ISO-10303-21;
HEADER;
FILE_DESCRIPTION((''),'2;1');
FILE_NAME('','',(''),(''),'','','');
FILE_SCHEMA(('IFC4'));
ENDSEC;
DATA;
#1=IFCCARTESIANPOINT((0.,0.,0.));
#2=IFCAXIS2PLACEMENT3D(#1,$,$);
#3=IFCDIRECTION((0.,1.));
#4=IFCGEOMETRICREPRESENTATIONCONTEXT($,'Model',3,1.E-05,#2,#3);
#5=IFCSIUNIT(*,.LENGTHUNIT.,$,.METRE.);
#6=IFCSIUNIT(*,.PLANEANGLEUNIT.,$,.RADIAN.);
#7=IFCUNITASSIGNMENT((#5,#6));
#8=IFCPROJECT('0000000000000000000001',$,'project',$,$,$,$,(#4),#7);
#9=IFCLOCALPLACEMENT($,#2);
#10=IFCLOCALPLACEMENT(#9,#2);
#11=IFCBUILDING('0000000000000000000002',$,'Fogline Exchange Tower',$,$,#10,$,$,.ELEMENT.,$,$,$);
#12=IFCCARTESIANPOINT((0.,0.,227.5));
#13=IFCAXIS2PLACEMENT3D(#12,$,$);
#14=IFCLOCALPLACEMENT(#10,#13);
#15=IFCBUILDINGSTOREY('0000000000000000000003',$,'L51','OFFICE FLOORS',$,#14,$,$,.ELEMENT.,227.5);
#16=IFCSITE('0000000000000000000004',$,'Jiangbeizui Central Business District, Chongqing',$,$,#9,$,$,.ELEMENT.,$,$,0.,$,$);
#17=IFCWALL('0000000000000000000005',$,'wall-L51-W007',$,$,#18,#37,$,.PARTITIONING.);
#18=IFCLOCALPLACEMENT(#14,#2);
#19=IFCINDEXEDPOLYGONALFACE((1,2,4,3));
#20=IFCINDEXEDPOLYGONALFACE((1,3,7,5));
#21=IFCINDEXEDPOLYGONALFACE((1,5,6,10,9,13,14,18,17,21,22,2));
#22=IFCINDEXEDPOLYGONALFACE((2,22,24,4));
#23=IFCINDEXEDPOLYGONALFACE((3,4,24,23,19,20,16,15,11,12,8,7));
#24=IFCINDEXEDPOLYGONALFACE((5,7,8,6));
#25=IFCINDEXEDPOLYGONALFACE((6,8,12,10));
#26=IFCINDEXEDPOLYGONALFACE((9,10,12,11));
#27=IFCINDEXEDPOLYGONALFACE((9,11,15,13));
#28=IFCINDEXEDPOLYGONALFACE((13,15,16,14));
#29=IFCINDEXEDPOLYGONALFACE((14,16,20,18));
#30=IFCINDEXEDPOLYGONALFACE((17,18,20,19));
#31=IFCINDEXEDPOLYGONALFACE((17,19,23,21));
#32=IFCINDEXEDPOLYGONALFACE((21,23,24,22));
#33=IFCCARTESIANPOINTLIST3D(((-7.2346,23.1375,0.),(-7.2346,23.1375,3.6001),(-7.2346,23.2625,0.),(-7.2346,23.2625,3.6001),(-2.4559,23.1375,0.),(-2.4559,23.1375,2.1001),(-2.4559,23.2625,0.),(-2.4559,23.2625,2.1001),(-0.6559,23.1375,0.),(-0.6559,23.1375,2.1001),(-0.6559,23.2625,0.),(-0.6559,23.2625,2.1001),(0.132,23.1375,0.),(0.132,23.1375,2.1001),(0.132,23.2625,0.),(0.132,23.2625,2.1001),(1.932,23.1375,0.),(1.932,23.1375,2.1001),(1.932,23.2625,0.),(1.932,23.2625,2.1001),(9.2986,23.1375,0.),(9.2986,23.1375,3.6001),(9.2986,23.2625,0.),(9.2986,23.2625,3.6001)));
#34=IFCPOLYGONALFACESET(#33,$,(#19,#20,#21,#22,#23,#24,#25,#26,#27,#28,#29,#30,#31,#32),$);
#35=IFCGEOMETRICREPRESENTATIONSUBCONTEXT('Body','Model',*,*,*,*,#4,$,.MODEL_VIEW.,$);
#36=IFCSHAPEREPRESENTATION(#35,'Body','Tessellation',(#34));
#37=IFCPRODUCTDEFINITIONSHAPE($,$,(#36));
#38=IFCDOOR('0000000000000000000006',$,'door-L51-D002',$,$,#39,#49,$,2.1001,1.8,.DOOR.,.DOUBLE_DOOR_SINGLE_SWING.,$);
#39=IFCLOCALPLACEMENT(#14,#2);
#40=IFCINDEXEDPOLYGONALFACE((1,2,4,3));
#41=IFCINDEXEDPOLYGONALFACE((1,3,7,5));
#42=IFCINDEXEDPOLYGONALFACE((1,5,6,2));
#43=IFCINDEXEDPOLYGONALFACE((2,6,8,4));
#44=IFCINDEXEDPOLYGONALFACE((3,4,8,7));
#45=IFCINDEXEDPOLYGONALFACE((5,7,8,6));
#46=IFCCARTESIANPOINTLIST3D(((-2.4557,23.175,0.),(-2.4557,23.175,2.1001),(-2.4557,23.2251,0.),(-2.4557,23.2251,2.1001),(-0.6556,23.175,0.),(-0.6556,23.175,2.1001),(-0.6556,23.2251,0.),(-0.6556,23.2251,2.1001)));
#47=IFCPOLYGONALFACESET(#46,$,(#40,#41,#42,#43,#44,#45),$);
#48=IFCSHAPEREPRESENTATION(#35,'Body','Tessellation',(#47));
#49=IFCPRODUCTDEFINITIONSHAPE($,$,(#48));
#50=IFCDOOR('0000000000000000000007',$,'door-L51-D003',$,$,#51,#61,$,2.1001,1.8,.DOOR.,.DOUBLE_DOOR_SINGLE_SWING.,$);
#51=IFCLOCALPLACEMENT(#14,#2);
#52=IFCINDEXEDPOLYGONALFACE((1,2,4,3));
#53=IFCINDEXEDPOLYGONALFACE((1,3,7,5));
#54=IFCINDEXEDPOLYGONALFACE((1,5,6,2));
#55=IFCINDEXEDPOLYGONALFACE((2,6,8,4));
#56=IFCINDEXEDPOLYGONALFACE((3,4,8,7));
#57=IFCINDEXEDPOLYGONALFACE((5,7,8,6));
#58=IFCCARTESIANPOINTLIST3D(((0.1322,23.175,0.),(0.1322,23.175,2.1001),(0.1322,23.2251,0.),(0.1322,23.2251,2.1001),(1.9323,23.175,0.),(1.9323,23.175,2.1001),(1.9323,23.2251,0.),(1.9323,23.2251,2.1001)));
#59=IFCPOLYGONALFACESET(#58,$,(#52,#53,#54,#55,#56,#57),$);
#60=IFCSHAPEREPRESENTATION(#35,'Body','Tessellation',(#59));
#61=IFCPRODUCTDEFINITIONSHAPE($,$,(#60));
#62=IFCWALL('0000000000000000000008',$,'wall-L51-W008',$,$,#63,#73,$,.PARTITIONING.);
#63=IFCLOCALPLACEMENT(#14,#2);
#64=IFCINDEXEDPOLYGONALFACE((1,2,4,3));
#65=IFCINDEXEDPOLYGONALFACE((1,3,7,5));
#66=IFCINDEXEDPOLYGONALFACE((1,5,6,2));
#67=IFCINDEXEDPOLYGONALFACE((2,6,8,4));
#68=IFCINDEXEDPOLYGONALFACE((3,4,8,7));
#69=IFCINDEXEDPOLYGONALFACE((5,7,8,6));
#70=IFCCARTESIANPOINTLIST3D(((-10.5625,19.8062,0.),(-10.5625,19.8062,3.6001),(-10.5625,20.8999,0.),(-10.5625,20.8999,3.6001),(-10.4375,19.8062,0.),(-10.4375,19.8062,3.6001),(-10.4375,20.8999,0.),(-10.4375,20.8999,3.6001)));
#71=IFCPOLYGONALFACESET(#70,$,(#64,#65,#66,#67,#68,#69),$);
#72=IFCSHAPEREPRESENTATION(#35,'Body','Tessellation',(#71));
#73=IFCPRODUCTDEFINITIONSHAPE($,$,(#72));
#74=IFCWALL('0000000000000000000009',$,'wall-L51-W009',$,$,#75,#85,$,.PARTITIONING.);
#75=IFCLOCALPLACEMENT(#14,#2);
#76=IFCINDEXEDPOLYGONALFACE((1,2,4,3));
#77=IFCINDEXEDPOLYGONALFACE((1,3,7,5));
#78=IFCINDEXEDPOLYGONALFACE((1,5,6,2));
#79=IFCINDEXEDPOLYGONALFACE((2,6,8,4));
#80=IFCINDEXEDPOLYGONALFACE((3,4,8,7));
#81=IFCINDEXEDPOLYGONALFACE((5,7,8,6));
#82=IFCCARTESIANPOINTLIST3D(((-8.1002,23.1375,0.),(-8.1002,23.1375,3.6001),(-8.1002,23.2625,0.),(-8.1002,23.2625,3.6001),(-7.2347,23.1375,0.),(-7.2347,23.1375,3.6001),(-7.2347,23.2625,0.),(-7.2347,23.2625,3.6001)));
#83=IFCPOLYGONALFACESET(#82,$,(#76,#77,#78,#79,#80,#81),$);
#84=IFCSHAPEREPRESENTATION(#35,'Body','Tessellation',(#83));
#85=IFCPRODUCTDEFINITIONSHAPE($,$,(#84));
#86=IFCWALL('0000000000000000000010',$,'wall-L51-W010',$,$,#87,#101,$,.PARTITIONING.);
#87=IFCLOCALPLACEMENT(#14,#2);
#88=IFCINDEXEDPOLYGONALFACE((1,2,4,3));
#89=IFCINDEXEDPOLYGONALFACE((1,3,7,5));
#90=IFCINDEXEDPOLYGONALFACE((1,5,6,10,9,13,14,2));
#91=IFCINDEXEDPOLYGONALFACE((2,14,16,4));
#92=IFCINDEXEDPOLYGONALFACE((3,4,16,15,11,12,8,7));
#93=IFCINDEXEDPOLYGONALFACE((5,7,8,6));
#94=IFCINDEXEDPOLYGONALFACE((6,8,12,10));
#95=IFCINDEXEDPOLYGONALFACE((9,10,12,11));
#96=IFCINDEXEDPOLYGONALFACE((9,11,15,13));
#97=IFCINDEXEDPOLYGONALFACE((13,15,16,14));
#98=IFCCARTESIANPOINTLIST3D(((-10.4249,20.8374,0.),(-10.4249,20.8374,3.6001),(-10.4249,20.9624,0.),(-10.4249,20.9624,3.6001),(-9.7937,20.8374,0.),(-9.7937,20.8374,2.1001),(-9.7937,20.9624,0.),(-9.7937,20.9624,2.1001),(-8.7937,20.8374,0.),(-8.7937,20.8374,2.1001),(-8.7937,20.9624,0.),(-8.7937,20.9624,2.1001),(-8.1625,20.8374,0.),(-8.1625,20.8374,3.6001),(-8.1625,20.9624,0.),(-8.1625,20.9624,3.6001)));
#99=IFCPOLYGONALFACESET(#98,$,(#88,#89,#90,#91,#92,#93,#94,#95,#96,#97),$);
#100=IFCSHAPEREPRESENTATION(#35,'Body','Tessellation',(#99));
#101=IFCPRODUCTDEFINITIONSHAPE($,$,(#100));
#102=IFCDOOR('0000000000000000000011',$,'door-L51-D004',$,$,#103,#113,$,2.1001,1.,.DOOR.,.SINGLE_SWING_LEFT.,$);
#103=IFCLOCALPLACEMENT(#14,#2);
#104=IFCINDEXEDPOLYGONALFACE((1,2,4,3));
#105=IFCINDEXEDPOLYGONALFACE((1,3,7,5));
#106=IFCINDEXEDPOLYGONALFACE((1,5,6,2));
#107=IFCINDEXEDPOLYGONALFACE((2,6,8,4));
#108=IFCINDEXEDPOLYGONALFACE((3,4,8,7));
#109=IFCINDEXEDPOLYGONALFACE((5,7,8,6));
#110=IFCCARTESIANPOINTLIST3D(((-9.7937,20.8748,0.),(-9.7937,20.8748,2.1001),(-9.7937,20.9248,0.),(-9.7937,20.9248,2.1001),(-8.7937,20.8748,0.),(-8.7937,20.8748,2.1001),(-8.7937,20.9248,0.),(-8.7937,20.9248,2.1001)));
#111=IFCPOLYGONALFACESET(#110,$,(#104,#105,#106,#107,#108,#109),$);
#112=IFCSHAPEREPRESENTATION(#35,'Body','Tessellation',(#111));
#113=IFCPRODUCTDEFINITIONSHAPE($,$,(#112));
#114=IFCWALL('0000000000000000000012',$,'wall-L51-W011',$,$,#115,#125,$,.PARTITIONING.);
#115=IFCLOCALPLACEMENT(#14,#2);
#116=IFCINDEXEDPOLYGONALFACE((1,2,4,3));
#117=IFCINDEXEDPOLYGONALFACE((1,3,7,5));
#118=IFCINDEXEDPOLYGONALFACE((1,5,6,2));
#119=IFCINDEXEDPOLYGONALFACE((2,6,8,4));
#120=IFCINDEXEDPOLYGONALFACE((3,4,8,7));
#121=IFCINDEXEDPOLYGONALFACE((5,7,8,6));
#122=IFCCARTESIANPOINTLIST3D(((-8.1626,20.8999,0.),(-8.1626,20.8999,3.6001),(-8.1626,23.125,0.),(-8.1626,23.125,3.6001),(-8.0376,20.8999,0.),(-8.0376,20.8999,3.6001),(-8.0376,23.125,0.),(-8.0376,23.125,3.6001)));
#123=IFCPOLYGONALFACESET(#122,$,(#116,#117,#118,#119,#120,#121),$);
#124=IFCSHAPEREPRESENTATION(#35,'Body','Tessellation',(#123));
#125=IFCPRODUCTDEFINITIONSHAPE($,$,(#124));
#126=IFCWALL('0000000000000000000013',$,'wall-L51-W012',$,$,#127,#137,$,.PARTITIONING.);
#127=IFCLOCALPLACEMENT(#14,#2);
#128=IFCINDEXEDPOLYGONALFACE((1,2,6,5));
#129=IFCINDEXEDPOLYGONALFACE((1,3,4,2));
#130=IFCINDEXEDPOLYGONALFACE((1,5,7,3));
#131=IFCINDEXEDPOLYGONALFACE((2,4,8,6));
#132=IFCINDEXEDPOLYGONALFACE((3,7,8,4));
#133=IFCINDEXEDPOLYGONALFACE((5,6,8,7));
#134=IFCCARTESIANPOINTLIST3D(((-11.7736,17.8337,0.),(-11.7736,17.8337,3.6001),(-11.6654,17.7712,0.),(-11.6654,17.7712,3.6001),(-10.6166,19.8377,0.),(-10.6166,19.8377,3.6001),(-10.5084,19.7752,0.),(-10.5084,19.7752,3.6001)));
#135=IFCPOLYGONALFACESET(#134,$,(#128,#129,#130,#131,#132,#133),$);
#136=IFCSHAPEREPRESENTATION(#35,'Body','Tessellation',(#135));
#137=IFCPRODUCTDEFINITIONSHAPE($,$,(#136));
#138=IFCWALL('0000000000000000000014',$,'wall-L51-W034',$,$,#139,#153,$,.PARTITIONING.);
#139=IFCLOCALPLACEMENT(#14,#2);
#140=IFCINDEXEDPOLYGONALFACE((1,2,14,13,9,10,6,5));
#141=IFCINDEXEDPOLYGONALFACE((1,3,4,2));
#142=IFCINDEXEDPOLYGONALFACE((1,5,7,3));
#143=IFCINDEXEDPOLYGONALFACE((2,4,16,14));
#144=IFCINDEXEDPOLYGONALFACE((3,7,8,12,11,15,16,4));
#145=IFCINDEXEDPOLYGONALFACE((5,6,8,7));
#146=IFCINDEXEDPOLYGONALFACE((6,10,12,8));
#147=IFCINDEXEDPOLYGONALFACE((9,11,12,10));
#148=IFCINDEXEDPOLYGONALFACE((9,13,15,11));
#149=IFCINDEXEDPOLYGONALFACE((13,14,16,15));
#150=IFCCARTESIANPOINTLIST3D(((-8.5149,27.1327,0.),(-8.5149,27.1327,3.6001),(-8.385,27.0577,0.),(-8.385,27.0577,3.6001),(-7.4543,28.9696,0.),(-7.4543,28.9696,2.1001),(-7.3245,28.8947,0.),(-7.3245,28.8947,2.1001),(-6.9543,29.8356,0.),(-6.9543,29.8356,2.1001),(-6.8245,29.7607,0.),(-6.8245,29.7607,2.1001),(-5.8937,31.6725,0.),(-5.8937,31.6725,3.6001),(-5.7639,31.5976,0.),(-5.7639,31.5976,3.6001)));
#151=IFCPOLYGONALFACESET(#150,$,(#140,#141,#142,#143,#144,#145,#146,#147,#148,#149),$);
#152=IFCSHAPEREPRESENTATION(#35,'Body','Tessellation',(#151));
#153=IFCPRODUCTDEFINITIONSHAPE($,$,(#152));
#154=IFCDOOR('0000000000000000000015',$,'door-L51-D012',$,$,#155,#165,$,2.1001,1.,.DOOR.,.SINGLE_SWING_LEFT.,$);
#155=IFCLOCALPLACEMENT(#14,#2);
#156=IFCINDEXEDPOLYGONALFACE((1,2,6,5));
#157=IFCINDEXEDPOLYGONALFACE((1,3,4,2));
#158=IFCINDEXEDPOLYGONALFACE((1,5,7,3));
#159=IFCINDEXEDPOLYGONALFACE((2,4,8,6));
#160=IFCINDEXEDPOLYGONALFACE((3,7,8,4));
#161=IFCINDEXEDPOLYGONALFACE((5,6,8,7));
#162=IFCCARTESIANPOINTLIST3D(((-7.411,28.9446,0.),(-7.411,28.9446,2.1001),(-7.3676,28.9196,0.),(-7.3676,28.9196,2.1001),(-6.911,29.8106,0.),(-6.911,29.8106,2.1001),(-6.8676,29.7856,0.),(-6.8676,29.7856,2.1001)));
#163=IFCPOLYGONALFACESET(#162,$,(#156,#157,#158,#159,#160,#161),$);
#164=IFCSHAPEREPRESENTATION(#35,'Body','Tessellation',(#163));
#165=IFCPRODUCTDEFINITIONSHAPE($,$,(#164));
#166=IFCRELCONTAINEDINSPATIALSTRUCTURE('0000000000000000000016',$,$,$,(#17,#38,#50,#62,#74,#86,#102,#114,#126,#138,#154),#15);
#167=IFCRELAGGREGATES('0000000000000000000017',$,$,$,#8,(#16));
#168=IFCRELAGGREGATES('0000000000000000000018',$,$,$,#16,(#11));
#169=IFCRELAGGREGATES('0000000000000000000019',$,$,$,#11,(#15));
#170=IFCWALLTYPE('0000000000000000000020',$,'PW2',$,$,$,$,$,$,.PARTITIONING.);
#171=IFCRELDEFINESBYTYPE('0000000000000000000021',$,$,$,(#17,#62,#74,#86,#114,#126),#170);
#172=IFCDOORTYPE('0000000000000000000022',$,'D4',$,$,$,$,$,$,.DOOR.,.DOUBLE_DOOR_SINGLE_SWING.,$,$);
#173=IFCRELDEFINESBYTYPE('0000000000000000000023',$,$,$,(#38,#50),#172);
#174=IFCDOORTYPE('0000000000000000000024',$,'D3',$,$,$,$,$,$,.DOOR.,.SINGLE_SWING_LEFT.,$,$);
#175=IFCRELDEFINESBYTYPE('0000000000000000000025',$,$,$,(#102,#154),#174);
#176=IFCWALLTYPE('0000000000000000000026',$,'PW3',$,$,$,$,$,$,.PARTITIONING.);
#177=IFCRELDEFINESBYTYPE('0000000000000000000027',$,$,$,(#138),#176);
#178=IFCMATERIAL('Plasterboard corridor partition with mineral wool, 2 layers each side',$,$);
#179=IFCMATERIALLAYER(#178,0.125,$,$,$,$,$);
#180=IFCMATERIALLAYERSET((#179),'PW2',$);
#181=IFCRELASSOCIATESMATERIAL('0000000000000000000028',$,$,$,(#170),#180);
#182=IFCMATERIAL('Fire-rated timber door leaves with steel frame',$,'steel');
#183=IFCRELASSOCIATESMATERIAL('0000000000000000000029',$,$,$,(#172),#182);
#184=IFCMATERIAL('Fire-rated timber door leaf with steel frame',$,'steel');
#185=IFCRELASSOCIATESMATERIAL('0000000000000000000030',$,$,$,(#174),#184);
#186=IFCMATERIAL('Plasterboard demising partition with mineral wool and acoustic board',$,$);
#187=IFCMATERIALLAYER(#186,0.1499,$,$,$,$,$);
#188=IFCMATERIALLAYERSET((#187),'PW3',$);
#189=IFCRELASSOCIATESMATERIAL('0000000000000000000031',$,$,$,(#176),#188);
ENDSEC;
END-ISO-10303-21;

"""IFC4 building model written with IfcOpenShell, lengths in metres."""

from ifc_helpers import new_model, si_unit, direction, frame, frame_2d, origin, place, context, subcontext, project, spatial, rectangle, extrude, material, layer, layer_set, type_object, element, fill, save


model = new_model("IFC4")

# Units and contexts
model_context = context("Model", 3, precision=1e-05, world=origin(), true_north=direction((0.0, 1.0)))
body_context = subcontext(model_context, "Body", "Model", "MODEL_VIEW")
ifc_project = project(units=[si_unit("LENGTHUNIT", "METRE"), si_unit("PLANEANGLEUNIT", "RADIAN")], contexts=[model_context])

# Site, building, storey
site_placement = place(None, origin())
site = spatial("IfcSite", under=ifc_project, at=site_placement, Name="Jiangbeizui Central Business District, Chongqing", CompositionType="ELEMENT", RefElevation=0.0)
building_placement = place(site_placement, origin())
building = spatial("IfcBuilding", under=site, at=building_placement, Name="Fogline Exchange Tower", CompositionType="ELEMENT")
storey_placement = place(building_placement, frame((0.0, 0.0, 227.5)))
storey = spatial("IfcBuildingStorey", under=building, at=storey_placement, Name="L51", Description="OFFICE FLOORS", CompositionType="ELEMENT", Elevation=227.5)

# Wall, openings, doors
ifc_material_1 = material(Name="Plasterboard corridor partition with mineral wool, 2 layers each side")
ifc_layer_1 = layer(ifc_material_1, 0.125)
ifc_layer_set_1 = layer_set([ifc_layer_1], Name="PW2")
wall_type_1 = type_object("IfcWallType", Name="PW2", PredefinedType="PARTITIONING", material=ifc_layer_set_1)
wall_1_placement = place(storey_placement, frame((-7.2346, 23.2, 0.0), z_axis=(0.0, 0.0, 1.0), x_axis=(1.0, 0.0, 0.0)))
wall_1 = element("IfcWall", 1, at=wall_1_placement, inside=storey, type_object=wall_type_1, Name="wall-L51-W007", PredefinedType="PARTITIONING", context=body_context, shape_type="SweptSolid", body=[
    extrude(rectangle(XDim=16.5332, YDim=0.125, at=frame_2d((8.2666, 0.0))), origin(), (0.0, 0.0, 1.0), 3.6001),
])
opening_1_placement = place(wall_1_placement, frame((4.7788, 0.0, 0.0)))
opening_1 = element("IfcOpeningElement", 2, at=opening_1_placement, cuts=wall_1, PredefinedType="OPENING", context=body_context, shape_type="SweptSolid", body=[
    extrude(rectangle(XDim=1.8, YDim=2.1001, at=frame_2d((0.8999, 1.05))), frame((0.0, 0.0725, 0.0), z_axis=(0.0, -1.0, 0.0), x_axis=(1.0, 0.0, 0.0)), (0.0, 0.0, 1.0), 0.145),
])
opening_2_placement = place(wall_1_placement, frame((7.3667, 0.0, 0.0)))
opening_2 = element("IfcOpeningElement", 3, at=opening_2_placement, cuts=wall_1, PredefinedType="OPENING", context=body_context, shape_type="SweptSolid", body=[
    extrude(rectangle(XDim=1.8, YDim=2.1001, at=frame_2d((0.8999, 1.05))), frame((0.0, 0.0725, 0.0), z_axis=(0.0, -1.0, 0.0), x_axis=(1.0, 0.0, 0.0)), (0.0, 0.0, 1.0), 0.145),
])
ifc_material_2 = material(Name="Fire-rated timber door leaves with steel frame", Category="steel")
door_type_1 = type_object("IfcDoorType", Name="D4", OperationType="DOUBLE_DOOR_SINGLE_SWING", PredefinedType="DOOR", material=ifc_material_2)
door_1_placement = place(opening_1_placement, frame((1.8, 0.0, 0.0), z_axis=(0.0, 0.0, 1.0), x_axis=(-1.0, 0.0, 0.0)))
door_1 = element("IfcDoor", 4, at=door_1_placement, inside=storey, type_object=door_type_1, Name="door-L51-D002", OperationType="DOUBLE_DOOR_SINGLE_SWING", OverallHeight=2.1001, OverallWidth=1.8, PredefinedType="DOOR", context=body_context, shape_type="SweptSolid", body=[
    extrude(rectangle(XDim=1.8, YDim=2.1001, at=frame_2d((0.8999, 1.05))), frame((0.0, 0.0249, 0.0), z_axis=(0.0, -1.0, 0.0), x_axis=(1.0, 0.0, 0.0)), (0.0, 0.0, 1.0), 0.05),
])
fill(opening_1, door_1)
door_2_placement = place(opening_2_placement, frame((1.8, 0.0, 0.0), z_axis=(0.0, 0.0, 1.0), x_axis=(-1.0, 0.0, 0.0)))
door_2 = element("IfcDoor", 5, at=door_2_placement, inside=storey, type_object=door_type_1, Name="door-L51-D003", OperationType="DOUBLE_DOOR_SINGLE_SWING", OverallHeight=2.1001, OverallWidth=1.8, PredefinedType="DOOR", context=body_context, shape_type="SweptSolid", body=[
    extrude(rectangle(XDim=1.8, YDim=2.1001, at=frame_2d((0.8999, 1.05))), frame((0.0, 0.0249, 0.0), z_axis=(0.0, -1.0, 0.0), x_axis=(1.0, 0.0, 0.0)), (0.0, 0.0, 1.0), 0.05),
])
fill(opening_2, door_2)

# Walls
wall_2_placement = place(storey_placement, frame((-10.5, 19.8062, 0.0), z_axis=(0.0, 0.0, 1.0), x_axis=(0.0, 1.0, 0.0)))
element("IfcWall", 6, at=wall_2_placement, inside=storey, type_object=wall_type_1, Name="wall-L51-W008", PredefinedType="PARTITIONING", context=body_context, shape_type="SweptSolid", body=[
    extrude(rectangle(XDim=1.0938, YDim=0.125, at=frame_2d((0.5469, 0.0))), origin(), (0.0, 0.0, 1.0), 3.6001),
])
wall_3_placement = place(storey_placement, frame((-8.1001, 23.2, 0.0), z_axis=(0.0, 0.0, 1.0), x_axis=(1.0, 0.0, 0.0)))
element("IfcWall", 7, at=wall_3_placement, inside=storey, type_object=wall_type_1, Name="wall-L51-W009", PredefinedType="PARTITIONING", context=body_context, shape_type="SweptSolid", body=[
    extrude(rectangle(XDim=0.8655, YDim=0.125, at=frame_2d((0.4326, 0.0))), origin(), (0.0, 0.0, 1.0), 3.6001),
])

# Wall, opening, door
wall_4_placement = place(storey_placement, frame((-10.425, 20.8999, 0.0), z_axis=(0.0, 0.0, 1.0), x_axis=(1.0, 0.0, 0.0)))
wall_4 = element("IfcWall", 8, at=wall_4_placement, inside=storey, type_object=wall_type_1, Name="wall-L51-W010", PredefinedType="PARTITIONING", context=body_context, shape_type="SweptSolid", body=[
    extrude(rectangle(XDim=2.2625, YDim=0.125, at=frame_2d((1.1313, 0.0))), origin(), (0.0, 0.0, 1.0), 3.6001),
])
opening_3_placement = place(wall_4_placement, frame((0.6313, 0.0, 0.0)))
opening_3 = element("IfcOpeningElement", 9, at=opening_3_placement, cuts=wall_4, PredefinedType="OPENING", context=body_context, shape_type="SweptSolid", body=[
    extrude(rectangle(XDim=1.0, YDim=2.1001, at=frame_2d((0.5, 1.05))), frame((0.0, 0.0725, 0.0), z_axis=(0.0, -1.0, 0.0), x_axis=(1.0, 0.0, 0.0)), (0.0, 0.0, 1.0), 0.145),
])
ifc_material_3 = material(Name="Fire-rated timber door leaf with steel frame", Category="steel")
door_type_2 = type_object("IfcDoorType", Name="D3", OperationType="SINGLE_SWING_LEFT", PredefinedType="DOOR", material=ifc_material_3)
door_3_placement = place(opening_3_placement, origin())
door_3 = element("IfcDoor", 10, at=door_3_placement, inside=storey, type_object=door_type_2, Name="door-L51-D004", OperationType="SINGLE_SWING_LEFT", OverallHeight=2.1001, OverallWidth=1.0, PredefinedType="DOOR", context=body_context, shape_type="SweptSolid", body=[
    extrude(rectangle(XDim=1.0, YDim=2.1001, at=frame_2d((0.5, 1.05))), frame((0.0, 0.0249, 0.0), z_axis=(0.0, -1.0, 0.0), x_axis=(1.0, 0.0, 0.0)), (0.0, 0.0, 1.0), 0.05),
])
fill(opening_3, door_3)

# Walls
wall_5_placement = place(storey_placement, frame((-8.1001, 20.8999, 0.0), z_axis=(0.0, 0.0, 1.0), x_axis=(0.0, 1.0, 0.0)))
element("IfcWall", 11, at=wall_5_placement, inside=storey, type_object=wall_type_1, Name="wall-L51-W011", PredefinedType="PARTITIONING", context=body_context, shape_type="SweptSolid", body=[
    extrude(rectangle(XDim=2.2251, YDim=0.125, at=frame_2d((1.1125, 0.0))), origin(), (0.0, 0.0, 1.0), 3.6001),
])
wall_6_placement = place(storey_placement, frame((-11.7195, 17.8025, 0.0), z_axis=(0.0, 0.0, 1.0), x_axis=(0.500009, 0.86602, 0.0)))
element("IfcWall", 12, at=wall_6_placement, inside=storey, type_object=wall_type_1, Name="wall-L51-W012", PredefinedType="PARTITIONING", context=body_context, shape_type="SweptSolid", body=[
    extrude(rectangle(XDim=2.314, YDim=0.125, at=frame_2d((1.157, 0.0))), origin(), (0.0, 0.0, 1.0), 3.6001),
])

# Wall, opening, door
ifc_material_4 = material(Name="Plasterboard demising partition with mineral wool and acoustic board")
ifc_layer_2 = layer(ifc_material_4, 0.1499)
ifc_layer_set_2 = layer_set([ifc_layer_2], Name="PW3")
wall_type_2 = type_object("IfcWallType", Name="PW3", PredefinedType="PARTITIONING", material=ifc_layer_set_2)
wall_7_placement = place(storey_placement, frame((-8.45, 27.0952, 0.0), z_axis=(0.0, 0.0, 1.0), x_axis=(0.500006, 0.866022, 0.0)))
wall_7 = element("IfcWall", 13, at=wall_7_placement, inside=storey, type_object=wall_type_2, Name="wall-L51-W034", PredefinedType="PARTITIONING", context=body_context, shape_type="SweptSolid", body=[
    extrude(rectangle(XDim=5.2422, YDim=0.1499, at=frame_2d((2.6211, 0.0))), origin(), (0.0, 0.0, 1.0), 3.6001),
])
opening_4_placement = place(wall_7_placement, frame((2.1211, 0.0, 0.0)))
opening_4 = element("IfcOpeningElement", 14, at=opening_4_placement, cuts=wall_7, PredefinedType="OPENING", context=body_context, shape_type="SweptSolid", body=[
    extrude(rectangle(XDim=1.0, YDim=2.1001, at=frame_2d((0.5, 1.05))), frame((0.0, 0.085, 0.0), z_axis=(0.0, -1.0, 0.0), x_axis=(1.0, 0.0, 0.0)), (0.0, 0.0, 1.0), 0.1699),
])
door_4_placement = place(opening_4_placement, origin())
door_4 = element("IfcDoor", 15, at=door_4_placement, inside=storey, type_object=door_type_2, Name="door-L51-D012", OperationType="SINGLE_SWING_LEFT", OverallHeight=2.1001, OverallWidth=1.0, PredefinedType="DOOR", context=body_context, shape_type="SweptSolid", body=[
    extrude(rectangle(XDim=1.0, YDim=2.1001, at=frame_2d((0.5, 1.05))), frame((0.0, 0.0249, 0.0), z_axis=(0.0, -1.0, 0.0), x_axis=(1.0, 0.0, 0.0)), (0.0, 0.0, 1.0), 0.05),
])
fill(opening_4, door_4)

save(model, "model.ifc")
